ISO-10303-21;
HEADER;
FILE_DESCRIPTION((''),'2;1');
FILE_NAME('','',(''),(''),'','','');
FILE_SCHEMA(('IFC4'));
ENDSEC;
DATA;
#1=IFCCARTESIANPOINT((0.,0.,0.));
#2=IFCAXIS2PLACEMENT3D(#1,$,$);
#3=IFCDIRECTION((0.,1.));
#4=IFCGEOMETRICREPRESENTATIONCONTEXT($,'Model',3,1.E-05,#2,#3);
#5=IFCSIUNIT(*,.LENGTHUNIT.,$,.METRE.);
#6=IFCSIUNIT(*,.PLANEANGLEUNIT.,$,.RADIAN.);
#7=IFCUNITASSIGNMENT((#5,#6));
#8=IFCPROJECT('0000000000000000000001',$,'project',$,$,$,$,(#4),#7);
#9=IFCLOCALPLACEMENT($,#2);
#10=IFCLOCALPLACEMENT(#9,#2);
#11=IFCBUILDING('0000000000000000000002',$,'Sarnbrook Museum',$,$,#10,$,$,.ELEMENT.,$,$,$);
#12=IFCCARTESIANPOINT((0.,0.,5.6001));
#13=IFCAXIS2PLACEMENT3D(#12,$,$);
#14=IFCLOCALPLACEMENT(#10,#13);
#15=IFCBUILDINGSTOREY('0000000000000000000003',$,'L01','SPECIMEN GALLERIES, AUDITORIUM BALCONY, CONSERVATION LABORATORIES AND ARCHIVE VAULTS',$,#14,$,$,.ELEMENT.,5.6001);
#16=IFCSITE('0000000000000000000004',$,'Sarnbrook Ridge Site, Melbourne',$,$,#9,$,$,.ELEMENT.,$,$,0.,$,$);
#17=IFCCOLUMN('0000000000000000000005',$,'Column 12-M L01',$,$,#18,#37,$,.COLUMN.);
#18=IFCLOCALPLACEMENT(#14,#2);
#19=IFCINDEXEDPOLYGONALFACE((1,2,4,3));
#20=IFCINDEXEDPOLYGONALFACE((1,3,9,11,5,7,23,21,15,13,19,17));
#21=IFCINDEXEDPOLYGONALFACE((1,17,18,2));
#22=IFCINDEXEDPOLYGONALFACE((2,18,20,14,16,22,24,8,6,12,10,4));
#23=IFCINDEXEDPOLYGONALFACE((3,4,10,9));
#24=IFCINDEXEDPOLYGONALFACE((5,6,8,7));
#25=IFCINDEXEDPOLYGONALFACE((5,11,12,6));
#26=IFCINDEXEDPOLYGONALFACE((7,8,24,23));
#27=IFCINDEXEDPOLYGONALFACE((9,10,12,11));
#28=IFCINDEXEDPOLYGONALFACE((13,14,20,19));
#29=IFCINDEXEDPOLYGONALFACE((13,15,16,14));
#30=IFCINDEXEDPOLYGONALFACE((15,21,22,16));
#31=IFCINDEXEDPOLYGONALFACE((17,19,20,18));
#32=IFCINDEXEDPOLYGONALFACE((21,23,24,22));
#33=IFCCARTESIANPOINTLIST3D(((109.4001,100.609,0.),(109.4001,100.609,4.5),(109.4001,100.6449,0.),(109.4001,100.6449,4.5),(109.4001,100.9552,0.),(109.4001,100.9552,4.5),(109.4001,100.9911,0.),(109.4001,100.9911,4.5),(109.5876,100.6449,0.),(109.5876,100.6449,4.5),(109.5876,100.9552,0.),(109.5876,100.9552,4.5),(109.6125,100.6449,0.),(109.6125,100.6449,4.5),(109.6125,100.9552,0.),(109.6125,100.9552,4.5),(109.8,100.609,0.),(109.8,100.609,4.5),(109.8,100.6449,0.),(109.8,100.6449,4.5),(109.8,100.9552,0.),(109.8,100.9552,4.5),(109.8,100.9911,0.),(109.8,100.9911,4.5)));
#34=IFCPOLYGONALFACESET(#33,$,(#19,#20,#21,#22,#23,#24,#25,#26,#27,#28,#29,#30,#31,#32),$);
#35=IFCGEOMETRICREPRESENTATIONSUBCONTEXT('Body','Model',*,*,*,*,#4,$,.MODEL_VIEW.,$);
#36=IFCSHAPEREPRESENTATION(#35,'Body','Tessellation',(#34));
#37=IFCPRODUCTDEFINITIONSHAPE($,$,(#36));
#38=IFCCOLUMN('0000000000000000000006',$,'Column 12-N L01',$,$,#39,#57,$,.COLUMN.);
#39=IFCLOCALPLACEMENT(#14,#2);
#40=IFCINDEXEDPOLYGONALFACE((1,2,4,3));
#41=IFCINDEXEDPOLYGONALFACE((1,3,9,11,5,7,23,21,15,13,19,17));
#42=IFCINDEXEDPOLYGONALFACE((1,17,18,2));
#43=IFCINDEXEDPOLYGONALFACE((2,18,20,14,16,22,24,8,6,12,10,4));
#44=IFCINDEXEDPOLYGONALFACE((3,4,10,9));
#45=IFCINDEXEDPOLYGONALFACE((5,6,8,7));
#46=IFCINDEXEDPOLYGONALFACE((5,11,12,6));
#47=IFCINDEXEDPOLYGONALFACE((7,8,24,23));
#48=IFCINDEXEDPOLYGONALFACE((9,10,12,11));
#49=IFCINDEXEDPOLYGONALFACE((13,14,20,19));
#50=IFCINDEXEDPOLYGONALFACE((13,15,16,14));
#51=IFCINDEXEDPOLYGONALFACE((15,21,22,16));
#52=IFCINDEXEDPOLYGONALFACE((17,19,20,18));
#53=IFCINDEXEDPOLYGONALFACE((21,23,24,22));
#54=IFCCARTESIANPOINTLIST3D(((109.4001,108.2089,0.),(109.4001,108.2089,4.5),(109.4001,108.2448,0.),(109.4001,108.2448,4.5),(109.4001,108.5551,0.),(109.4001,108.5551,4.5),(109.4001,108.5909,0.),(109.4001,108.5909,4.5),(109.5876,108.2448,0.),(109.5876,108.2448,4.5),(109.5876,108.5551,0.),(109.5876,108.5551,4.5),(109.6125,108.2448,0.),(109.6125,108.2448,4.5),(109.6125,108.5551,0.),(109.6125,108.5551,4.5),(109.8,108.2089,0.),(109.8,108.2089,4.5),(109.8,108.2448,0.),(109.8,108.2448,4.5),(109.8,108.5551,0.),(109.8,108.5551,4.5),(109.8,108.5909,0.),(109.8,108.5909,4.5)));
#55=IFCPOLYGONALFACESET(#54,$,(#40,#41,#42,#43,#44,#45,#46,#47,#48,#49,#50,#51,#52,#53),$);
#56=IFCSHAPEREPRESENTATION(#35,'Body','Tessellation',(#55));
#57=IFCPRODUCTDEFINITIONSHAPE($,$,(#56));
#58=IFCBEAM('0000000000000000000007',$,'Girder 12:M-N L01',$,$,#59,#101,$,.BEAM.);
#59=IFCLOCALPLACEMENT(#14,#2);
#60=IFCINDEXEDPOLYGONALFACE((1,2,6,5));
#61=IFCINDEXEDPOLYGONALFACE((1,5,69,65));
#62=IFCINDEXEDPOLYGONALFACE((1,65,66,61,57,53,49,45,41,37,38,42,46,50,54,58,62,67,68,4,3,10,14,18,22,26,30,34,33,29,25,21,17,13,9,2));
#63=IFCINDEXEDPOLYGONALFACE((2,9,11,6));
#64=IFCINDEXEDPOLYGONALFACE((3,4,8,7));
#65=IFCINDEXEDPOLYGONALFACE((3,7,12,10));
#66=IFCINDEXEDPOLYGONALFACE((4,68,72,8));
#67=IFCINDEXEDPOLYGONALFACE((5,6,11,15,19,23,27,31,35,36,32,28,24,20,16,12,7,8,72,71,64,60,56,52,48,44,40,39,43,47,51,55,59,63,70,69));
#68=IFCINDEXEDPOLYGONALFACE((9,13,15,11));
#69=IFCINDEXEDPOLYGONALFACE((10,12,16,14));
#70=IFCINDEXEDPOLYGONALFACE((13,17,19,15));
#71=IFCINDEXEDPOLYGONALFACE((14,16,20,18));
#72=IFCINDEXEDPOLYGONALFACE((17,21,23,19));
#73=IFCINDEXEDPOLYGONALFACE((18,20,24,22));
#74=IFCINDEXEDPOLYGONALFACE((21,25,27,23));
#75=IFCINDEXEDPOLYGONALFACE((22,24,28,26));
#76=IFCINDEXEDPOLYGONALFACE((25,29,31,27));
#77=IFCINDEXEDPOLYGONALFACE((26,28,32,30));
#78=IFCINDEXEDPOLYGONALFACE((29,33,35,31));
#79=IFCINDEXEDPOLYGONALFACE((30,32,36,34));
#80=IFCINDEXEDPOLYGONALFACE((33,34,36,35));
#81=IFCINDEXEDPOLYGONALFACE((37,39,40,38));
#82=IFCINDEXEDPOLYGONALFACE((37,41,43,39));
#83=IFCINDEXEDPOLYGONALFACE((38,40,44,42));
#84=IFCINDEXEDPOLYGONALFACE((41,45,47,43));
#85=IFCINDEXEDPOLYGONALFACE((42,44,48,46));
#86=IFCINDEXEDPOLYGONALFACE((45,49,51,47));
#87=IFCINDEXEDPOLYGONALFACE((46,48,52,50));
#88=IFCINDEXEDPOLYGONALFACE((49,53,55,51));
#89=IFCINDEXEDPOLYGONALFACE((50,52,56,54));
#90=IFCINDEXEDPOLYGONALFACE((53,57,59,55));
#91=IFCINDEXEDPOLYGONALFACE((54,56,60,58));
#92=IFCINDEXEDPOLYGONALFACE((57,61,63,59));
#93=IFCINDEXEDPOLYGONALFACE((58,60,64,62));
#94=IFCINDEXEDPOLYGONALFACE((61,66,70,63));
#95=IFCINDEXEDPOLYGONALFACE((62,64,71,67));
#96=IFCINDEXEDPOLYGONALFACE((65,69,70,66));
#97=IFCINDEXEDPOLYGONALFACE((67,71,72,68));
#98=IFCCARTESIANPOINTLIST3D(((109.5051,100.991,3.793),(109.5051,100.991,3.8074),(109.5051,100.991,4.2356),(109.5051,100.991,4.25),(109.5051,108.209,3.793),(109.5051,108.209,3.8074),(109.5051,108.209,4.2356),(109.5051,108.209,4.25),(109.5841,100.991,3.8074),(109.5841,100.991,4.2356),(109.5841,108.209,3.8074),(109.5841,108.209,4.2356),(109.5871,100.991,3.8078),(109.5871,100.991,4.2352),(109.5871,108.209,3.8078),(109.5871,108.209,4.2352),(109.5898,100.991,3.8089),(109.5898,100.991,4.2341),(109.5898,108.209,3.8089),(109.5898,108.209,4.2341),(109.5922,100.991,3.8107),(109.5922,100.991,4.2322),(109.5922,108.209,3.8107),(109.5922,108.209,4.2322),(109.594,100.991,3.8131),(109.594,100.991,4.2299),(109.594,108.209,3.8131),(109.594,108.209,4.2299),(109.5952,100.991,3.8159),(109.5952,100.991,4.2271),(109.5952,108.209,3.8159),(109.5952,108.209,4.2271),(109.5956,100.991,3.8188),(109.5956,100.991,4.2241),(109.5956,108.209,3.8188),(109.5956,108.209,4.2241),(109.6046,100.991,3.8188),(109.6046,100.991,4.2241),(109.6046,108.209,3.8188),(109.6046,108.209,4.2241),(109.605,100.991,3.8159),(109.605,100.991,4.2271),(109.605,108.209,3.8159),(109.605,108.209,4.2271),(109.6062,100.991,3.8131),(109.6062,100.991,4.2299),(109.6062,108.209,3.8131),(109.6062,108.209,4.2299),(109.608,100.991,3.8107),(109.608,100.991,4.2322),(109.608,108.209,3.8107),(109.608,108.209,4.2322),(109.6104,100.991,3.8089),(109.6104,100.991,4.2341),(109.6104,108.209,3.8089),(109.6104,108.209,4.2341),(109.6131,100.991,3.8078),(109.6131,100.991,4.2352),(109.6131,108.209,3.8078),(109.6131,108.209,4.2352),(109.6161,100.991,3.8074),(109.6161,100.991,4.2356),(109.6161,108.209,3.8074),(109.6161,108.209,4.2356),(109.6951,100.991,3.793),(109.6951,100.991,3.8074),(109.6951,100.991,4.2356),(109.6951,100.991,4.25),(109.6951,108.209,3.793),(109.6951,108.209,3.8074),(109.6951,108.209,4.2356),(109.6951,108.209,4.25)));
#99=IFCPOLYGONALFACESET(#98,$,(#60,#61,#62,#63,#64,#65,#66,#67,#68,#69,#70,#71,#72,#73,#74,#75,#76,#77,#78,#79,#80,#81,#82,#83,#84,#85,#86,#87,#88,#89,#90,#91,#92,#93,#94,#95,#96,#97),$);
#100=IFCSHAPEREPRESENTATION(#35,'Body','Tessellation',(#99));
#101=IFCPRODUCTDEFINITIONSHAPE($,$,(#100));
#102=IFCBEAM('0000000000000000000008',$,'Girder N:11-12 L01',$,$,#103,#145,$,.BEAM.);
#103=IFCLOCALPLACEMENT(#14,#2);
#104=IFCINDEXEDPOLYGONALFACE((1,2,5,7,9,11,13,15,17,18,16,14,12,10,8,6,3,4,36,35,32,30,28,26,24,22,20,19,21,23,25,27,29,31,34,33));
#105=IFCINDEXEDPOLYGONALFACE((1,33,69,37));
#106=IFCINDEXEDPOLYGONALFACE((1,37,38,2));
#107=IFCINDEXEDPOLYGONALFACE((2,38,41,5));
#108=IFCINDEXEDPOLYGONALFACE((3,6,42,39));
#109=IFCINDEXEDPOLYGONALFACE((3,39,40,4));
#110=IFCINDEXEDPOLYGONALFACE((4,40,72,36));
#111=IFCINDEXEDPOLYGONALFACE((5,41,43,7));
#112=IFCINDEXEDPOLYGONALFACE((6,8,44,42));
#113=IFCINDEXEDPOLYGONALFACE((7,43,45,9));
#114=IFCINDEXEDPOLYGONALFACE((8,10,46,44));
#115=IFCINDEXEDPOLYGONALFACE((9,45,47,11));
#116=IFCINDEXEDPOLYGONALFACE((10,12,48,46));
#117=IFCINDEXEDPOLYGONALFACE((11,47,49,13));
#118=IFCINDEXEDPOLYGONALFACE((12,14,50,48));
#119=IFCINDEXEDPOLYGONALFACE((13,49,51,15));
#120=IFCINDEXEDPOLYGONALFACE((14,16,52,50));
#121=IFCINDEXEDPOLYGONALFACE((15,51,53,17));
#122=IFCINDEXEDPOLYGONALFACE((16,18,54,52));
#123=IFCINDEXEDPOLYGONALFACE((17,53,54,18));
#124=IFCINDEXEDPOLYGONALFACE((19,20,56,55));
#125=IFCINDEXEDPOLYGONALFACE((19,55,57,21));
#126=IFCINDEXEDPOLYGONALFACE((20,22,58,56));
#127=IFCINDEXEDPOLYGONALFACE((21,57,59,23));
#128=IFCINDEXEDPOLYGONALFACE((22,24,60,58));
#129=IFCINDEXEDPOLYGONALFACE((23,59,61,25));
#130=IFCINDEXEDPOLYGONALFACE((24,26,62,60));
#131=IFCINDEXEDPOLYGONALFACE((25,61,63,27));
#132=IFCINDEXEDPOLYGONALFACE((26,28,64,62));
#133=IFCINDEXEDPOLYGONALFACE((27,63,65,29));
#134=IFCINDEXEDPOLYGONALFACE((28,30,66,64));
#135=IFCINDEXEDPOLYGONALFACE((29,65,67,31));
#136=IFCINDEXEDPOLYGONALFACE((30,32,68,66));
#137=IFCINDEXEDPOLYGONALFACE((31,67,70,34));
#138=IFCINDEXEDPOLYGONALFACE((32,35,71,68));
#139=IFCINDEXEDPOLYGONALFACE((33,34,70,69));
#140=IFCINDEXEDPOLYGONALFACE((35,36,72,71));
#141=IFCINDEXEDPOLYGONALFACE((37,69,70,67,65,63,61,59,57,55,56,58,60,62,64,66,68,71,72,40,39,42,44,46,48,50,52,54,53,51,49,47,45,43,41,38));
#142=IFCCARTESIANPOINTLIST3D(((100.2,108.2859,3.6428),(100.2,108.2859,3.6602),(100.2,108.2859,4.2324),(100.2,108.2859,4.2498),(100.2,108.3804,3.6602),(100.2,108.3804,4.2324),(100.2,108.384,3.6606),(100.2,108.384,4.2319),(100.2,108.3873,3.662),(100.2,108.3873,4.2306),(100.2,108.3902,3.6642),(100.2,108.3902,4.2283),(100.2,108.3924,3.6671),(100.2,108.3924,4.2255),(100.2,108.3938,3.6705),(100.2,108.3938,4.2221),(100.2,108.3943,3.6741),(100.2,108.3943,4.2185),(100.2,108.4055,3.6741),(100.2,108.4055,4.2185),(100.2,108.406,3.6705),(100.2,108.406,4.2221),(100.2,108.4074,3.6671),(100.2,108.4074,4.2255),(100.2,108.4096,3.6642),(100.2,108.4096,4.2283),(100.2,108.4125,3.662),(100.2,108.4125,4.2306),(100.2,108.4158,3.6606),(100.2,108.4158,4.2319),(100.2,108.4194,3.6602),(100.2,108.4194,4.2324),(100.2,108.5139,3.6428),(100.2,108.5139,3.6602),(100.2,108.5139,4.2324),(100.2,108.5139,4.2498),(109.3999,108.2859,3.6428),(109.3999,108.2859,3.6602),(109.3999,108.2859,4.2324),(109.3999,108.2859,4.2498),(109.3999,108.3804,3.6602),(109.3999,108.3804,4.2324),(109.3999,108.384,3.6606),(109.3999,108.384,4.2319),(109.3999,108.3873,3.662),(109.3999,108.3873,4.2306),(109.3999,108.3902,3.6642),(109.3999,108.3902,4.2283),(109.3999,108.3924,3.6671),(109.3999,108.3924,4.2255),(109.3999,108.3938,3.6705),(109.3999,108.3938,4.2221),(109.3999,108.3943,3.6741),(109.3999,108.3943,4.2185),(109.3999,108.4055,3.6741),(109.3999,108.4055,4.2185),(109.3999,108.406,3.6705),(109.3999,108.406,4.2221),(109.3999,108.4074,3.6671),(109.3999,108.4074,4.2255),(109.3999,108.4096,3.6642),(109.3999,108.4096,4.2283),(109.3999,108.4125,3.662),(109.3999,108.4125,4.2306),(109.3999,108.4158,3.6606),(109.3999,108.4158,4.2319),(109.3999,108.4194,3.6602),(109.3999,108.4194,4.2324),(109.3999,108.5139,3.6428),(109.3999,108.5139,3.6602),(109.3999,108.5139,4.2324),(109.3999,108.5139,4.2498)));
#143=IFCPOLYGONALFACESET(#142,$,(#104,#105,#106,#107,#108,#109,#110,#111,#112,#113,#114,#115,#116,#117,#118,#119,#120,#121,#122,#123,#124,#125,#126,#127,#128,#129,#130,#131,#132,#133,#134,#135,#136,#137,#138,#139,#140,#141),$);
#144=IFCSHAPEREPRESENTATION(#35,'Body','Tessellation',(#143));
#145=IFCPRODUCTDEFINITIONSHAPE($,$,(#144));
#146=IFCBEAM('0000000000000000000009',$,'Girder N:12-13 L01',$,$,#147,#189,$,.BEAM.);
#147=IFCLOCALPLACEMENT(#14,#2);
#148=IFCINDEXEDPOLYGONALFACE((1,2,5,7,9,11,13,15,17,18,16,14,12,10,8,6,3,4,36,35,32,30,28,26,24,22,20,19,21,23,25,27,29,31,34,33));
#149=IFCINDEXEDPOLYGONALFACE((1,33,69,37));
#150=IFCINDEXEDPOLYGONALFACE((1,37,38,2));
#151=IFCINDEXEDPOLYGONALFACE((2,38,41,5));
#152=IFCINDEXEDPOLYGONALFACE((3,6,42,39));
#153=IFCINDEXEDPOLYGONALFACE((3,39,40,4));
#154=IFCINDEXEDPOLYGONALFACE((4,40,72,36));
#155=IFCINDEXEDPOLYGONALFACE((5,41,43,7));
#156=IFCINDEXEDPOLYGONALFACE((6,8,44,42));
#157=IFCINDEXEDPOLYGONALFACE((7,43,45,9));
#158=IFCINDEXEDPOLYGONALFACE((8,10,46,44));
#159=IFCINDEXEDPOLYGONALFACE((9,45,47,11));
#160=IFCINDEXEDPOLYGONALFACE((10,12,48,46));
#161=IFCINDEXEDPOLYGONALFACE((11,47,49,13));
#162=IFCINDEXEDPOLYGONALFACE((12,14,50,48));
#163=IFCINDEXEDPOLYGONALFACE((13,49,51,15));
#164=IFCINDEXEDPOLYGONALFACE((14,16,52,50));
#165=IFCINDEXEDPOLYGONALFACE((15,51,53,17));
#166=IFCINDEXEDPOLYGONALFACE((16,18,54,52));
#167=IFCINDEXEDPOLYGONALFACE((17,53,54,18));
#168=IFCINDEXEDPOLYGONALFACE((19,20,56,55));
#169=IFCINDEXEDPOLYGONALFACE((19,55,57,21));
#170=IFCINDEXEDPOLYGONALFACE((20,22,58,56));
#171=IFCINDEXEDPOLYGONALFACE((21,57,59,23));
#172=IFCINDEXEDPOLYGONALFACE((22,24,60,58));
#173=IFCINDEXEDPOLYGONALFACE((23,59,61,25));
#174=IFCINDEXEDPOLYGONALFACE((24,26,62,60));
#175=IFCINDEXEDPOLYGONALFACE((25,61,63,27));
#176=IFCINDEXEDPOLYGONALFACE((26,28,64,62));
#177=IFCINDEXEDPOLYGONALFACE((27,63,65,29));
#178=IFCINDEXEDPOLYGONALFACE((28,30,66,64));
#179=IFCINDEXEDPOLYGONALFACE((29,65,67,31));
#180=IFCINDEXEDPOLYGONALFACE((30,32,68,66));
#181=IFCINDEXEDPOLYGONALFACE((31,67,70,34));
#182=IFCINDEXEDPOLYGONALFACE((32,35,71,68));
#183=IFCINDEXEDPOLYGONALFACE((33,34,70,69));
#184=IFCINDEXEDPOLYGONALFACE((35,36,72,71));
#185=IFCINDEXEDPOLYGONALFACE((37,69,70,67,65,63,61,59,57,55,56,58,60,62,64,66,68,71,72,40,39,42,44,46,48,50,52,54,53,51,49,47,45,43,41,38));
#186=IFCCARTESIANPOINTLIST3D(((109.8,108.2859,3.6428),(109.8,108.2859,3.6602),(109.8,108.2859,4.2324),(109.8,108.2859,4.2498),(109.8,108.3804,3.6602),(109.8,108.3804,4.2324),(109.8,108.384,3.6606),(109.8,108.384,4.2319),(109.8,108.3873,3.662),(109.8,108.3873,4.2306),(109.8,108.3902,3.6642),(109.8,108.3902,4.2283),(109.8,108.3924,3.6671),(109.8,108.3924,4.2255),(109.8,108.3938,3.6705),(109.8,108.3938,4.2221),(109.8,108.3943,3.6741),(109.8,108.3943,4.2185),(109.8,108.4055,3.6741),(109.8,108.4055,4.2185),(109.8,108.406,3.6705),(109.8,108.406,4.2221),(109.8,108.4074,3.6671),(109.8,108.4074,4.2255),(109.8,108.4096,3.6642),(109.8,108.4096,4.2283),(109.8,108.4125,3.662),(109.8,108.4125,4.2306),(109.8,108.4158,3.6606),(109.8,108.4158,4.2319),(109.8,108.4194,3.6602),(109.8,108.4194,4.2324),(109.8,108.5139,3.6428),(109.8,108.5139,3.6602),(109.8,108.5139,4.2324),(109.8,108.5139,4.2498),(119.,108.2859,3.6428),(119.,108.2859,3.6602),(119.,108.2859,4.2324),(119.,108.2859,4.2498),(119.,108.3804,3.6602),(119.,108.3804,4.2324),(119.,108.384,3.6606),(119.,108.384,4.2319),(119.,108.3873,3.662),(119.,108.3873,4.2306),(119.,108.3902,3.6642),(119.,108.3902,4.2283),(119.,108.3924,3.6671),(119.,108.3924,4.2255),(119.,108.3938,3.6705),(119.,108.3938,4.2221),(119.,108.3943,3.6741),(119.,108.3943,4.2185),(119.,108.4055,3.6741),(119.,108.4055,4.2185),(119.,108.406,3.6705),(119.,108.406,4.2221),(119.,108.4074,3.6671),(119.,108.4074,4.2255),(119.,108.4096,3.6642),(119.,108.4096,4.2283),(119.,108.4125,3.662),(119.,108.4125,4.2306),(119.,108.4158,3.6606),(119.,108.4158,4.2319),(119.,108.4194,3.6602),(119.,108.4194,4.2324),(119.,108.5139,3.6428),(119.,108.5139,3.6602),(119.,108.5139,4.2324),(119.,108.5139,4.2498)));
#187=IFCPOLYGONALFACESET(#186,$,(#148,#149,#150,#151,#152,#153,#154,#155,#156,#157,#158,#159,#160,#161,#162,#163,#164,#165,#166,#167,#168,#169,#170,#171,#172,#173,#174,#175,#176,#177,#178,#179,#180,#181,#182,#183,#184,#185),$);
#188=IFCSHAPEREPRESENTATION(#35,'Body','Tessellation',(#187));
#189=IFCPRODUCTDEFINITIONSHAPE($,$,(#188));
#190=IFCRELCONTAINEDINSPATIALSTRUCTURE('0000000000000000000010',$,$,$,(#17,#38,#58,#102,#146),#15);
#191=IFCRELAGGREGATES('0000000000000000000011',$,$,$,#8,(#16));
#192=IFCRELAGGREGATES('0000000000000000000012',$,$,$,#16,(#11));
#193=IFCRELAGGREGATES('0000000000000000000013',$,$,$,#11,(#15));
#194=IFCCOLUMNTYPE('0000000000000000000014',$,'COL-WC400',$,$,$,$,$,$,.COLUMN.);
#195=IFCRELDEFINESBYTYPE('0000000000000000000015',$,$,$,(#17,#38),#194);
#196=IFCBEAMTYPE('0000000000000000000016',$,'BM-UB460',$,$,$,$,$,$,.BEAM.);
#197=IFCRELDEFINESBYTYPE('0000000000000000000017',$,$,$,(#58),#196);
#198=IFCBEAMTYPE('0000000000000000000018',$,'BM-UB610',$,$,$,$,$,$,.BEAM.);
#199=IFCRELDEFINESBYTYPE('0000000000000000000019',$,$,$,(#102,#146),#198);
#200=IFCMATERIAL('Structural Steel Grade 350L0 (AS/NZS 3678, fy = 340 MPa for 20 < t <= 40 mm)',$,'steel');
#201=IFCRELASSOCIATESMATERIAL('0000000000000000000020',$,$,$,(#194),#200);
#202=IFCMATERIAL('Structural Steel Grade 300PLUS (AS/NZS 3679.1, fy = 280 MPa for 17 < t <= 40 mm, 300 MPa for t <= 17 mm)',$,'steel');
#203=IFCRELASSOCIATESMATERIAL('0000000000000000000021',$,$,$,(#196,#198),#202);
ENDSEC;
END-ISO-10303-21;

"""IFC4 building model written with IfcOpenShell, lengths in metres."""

from ifc_helpers import new_model, si_unit, direction, frame, origin, origin_2d, place, context, subcontext, project, spatial, i_section, extrude, material, material_profile, profile_set, type_object, element, save


model = new_model("IFC4")

# Units and contexts
model_context = context("Model", 3, precision=1e-05, world=origin(), true_north=direction((0.0, 1.0)))
body_context = subcontext(model_context, "Body", "Model", "MODEL_VIEW")
ifc_project = project(units=[si_unit("LENGTHUNIT", "METRE"), si_unit("PLANEANGLEUNIT", "RADIAN")], contexts=[model_context])

# Site, building, storey
site_placement = place(None, origin())
site = spatial("IfcSite", under=ifc_project, at=site_placement, Name="Sarnbrook Ridge Site, Melbourne", CompositionType="ELEMENT", RefElevation=0.0)
building_placement = place(site_placement, origin())
building = spatial("IfcBuilding", under=site, at=building_placement, Name="Sarnbrook Museum", CompositionType="ELEMENT")
storey_placement = place(building_placement, frame((0.0, 0.0, 5.6001)))
storey = spatial("IfcBuildingStorey", under=building, at=storey_placement, Name="L01", Description="SPECIMEN GALLERIES, AUDITORIUM BALCONY, CONSERVATION LABORATORIES AND ARCHIVE VAULTS", CompositionType="ELEMENT", Elevation=5.6001)

# Columns
ifc_material_1 = material(Name="Structural Steel Grade 350L0 (AS/NZS 3678, fy = 340 MPa for 20 < t <= 40 mm)", Category="steel")
ifc_material_profile_1 = material_profile(ifc_material_1, i_section(OverallWidth=0.3999, OverallDepth=0.3821, WebThickness=0.0249, FlangeThickness=0.0359, at=origin_2d()), Name="400WC270")
ifc_profile_set_1 = profile_set([ifc_material_profile_1], Name="Structural Steel Grade 350L0 (AS/NZS 3678, fy = 340 MPa for 20 < t <= 40 mm)")
column_type = type_object("IfcColumnType", Name="COL-WC400", PredefinedType="COLUMN", material=ifc_profile_set_1)
for number, where, z_axis, x_axis, name in (
    (1, (109.6001, 100.8, 0.0), (0.0, 0.0, 1.0), (1.0, 0.0, 0.0), "Column 12-M L01"),
    (2, (109.6001, 108.3999, 0.0), (0.0, 0.0, 1.0), (1.0, 0.0, 0.0), "Column 12-N L01"),
):
    element("IfcColumn", number, at=place(storey_placement, frame(where, z_axis=z_axis, x_axis=x_axis)), inside=storey, type_object=column_type, Name=name, PredefinedType="COLUMN", context=body_context, shape_type="SweptSolid", body=[
        extrude(i_section(OverallWidth=0.3999, OverallDepth=0.3821, WebThickness=0.0249, FlangeThickness=0.0359, at=origin_2d()), origin(), (0.0, 0.0, 1.0), 4.5),
    ])

# Beams
ifc_material_2 = material(Name="Structural Steel Grade 300PLUS (AS/NZS 3679.1, fy = 280 MPa for 17 < t <= 40 mm, 300 MPa for t <= 17 mm)", Category="steel")
ifc_material_profile_2 = material_profile(ifc_material_2, i_section(OverallWidth=0.1899, OverallDepth=0.457, WebThickness=0.009, FlangeThickness=0.0144, FilletRadius=0.0115, at=origin_2d()), Name="460UB74.6")
ifc_profile_set_2 = profile_set([ifc_material_profile_2], Name="Structural Steel Grade 300PLUS (AS/NZS 3679.1, fy = 280 MPa for 17 < t <= 40 mm, 300 MPa for t <= 17 mm)")
beam_type_1 = type_object("IfcBeamType", Name="BM-UB460", PredefinedType="BEAM", material=ifc_profile_set_2)
beam_placement = place(storey_placement, frame((109.6001, 100.991, 4.0215), z_axis=(0.0, 1.0, 0.0), x_axis=(-1.0, 0.0, 0.0)))
element("IfcBeam", 3, at=beam_placement, inside=storey, type_object=beam_type_1, Name="Girder 12:M-N L01", PredefinedType="BEAM", context=body_context, shape_type="SweptSolid", body=[
    extrude(i_section(OverallWidth=0.1899, OverallDepth=0.457, WebThickness=0.009, FlangeThickness=0.0144, FilletRadius=0.0115, at=origin_2d()), origin(), (0.0, 0.0, 1.0), 7.218),
])
ifc_material_profile_3 = material_profile(ifc_material_2, i_section(OverallWidth=0.228, OverallDepth=0.6069, WebThickness=0.0112, FlangeThickness=0.0173, FilletRadius=0.0139, at=origin_2d()), Name="610UB113")
ifc_profile_set_3 = profile_set([ifc_material_profile_3], Name="Structural Steel Grade 300PLUS (AS/NZS 3679.1, fy = 280 MPa for 17 < t <= 40 mm, 300 MPa for t <= 17 mm)")
beam_type_2 = type_object("IfcBeamType", Name="BM-UB610", PredefinedType="BEAM", material=ifc_profile_set_3)
for number, where, z_axis, x_axis, name in (
    (4, (100.2, 108.3999, 3.9463), (1.0, 0.0, 0.0), (0.0, 1.0, 0.0), "Girder N:11-12 L01"),
    (5, (109.8, 108.3999, 3.9463), (1.0, 0.0, 0.0), (0.0, 1.0, 0.0), "Girder N:12-13 L01"),
):
    element("IfcBeam", number, at=place(storey_placement, frame(where, z_axis=z_axis, x_axis=x_axis)), inside=storey, type_object=beam_type_2, Name=name, PredefinedType="BEAM", context=body_context, shape_type="SweptSolid", body=[
        extrude(i_section(OverallWidth=0.228, OverallDepth=0.6069, WebThickness=0.0112, FlangeThickness=0.0173, FilletRadius=0.0139, at=origin_2d()), origin(), (0.0, 0.0, 1.0), 9.2),
    ])

save(model, "model.ifc")
